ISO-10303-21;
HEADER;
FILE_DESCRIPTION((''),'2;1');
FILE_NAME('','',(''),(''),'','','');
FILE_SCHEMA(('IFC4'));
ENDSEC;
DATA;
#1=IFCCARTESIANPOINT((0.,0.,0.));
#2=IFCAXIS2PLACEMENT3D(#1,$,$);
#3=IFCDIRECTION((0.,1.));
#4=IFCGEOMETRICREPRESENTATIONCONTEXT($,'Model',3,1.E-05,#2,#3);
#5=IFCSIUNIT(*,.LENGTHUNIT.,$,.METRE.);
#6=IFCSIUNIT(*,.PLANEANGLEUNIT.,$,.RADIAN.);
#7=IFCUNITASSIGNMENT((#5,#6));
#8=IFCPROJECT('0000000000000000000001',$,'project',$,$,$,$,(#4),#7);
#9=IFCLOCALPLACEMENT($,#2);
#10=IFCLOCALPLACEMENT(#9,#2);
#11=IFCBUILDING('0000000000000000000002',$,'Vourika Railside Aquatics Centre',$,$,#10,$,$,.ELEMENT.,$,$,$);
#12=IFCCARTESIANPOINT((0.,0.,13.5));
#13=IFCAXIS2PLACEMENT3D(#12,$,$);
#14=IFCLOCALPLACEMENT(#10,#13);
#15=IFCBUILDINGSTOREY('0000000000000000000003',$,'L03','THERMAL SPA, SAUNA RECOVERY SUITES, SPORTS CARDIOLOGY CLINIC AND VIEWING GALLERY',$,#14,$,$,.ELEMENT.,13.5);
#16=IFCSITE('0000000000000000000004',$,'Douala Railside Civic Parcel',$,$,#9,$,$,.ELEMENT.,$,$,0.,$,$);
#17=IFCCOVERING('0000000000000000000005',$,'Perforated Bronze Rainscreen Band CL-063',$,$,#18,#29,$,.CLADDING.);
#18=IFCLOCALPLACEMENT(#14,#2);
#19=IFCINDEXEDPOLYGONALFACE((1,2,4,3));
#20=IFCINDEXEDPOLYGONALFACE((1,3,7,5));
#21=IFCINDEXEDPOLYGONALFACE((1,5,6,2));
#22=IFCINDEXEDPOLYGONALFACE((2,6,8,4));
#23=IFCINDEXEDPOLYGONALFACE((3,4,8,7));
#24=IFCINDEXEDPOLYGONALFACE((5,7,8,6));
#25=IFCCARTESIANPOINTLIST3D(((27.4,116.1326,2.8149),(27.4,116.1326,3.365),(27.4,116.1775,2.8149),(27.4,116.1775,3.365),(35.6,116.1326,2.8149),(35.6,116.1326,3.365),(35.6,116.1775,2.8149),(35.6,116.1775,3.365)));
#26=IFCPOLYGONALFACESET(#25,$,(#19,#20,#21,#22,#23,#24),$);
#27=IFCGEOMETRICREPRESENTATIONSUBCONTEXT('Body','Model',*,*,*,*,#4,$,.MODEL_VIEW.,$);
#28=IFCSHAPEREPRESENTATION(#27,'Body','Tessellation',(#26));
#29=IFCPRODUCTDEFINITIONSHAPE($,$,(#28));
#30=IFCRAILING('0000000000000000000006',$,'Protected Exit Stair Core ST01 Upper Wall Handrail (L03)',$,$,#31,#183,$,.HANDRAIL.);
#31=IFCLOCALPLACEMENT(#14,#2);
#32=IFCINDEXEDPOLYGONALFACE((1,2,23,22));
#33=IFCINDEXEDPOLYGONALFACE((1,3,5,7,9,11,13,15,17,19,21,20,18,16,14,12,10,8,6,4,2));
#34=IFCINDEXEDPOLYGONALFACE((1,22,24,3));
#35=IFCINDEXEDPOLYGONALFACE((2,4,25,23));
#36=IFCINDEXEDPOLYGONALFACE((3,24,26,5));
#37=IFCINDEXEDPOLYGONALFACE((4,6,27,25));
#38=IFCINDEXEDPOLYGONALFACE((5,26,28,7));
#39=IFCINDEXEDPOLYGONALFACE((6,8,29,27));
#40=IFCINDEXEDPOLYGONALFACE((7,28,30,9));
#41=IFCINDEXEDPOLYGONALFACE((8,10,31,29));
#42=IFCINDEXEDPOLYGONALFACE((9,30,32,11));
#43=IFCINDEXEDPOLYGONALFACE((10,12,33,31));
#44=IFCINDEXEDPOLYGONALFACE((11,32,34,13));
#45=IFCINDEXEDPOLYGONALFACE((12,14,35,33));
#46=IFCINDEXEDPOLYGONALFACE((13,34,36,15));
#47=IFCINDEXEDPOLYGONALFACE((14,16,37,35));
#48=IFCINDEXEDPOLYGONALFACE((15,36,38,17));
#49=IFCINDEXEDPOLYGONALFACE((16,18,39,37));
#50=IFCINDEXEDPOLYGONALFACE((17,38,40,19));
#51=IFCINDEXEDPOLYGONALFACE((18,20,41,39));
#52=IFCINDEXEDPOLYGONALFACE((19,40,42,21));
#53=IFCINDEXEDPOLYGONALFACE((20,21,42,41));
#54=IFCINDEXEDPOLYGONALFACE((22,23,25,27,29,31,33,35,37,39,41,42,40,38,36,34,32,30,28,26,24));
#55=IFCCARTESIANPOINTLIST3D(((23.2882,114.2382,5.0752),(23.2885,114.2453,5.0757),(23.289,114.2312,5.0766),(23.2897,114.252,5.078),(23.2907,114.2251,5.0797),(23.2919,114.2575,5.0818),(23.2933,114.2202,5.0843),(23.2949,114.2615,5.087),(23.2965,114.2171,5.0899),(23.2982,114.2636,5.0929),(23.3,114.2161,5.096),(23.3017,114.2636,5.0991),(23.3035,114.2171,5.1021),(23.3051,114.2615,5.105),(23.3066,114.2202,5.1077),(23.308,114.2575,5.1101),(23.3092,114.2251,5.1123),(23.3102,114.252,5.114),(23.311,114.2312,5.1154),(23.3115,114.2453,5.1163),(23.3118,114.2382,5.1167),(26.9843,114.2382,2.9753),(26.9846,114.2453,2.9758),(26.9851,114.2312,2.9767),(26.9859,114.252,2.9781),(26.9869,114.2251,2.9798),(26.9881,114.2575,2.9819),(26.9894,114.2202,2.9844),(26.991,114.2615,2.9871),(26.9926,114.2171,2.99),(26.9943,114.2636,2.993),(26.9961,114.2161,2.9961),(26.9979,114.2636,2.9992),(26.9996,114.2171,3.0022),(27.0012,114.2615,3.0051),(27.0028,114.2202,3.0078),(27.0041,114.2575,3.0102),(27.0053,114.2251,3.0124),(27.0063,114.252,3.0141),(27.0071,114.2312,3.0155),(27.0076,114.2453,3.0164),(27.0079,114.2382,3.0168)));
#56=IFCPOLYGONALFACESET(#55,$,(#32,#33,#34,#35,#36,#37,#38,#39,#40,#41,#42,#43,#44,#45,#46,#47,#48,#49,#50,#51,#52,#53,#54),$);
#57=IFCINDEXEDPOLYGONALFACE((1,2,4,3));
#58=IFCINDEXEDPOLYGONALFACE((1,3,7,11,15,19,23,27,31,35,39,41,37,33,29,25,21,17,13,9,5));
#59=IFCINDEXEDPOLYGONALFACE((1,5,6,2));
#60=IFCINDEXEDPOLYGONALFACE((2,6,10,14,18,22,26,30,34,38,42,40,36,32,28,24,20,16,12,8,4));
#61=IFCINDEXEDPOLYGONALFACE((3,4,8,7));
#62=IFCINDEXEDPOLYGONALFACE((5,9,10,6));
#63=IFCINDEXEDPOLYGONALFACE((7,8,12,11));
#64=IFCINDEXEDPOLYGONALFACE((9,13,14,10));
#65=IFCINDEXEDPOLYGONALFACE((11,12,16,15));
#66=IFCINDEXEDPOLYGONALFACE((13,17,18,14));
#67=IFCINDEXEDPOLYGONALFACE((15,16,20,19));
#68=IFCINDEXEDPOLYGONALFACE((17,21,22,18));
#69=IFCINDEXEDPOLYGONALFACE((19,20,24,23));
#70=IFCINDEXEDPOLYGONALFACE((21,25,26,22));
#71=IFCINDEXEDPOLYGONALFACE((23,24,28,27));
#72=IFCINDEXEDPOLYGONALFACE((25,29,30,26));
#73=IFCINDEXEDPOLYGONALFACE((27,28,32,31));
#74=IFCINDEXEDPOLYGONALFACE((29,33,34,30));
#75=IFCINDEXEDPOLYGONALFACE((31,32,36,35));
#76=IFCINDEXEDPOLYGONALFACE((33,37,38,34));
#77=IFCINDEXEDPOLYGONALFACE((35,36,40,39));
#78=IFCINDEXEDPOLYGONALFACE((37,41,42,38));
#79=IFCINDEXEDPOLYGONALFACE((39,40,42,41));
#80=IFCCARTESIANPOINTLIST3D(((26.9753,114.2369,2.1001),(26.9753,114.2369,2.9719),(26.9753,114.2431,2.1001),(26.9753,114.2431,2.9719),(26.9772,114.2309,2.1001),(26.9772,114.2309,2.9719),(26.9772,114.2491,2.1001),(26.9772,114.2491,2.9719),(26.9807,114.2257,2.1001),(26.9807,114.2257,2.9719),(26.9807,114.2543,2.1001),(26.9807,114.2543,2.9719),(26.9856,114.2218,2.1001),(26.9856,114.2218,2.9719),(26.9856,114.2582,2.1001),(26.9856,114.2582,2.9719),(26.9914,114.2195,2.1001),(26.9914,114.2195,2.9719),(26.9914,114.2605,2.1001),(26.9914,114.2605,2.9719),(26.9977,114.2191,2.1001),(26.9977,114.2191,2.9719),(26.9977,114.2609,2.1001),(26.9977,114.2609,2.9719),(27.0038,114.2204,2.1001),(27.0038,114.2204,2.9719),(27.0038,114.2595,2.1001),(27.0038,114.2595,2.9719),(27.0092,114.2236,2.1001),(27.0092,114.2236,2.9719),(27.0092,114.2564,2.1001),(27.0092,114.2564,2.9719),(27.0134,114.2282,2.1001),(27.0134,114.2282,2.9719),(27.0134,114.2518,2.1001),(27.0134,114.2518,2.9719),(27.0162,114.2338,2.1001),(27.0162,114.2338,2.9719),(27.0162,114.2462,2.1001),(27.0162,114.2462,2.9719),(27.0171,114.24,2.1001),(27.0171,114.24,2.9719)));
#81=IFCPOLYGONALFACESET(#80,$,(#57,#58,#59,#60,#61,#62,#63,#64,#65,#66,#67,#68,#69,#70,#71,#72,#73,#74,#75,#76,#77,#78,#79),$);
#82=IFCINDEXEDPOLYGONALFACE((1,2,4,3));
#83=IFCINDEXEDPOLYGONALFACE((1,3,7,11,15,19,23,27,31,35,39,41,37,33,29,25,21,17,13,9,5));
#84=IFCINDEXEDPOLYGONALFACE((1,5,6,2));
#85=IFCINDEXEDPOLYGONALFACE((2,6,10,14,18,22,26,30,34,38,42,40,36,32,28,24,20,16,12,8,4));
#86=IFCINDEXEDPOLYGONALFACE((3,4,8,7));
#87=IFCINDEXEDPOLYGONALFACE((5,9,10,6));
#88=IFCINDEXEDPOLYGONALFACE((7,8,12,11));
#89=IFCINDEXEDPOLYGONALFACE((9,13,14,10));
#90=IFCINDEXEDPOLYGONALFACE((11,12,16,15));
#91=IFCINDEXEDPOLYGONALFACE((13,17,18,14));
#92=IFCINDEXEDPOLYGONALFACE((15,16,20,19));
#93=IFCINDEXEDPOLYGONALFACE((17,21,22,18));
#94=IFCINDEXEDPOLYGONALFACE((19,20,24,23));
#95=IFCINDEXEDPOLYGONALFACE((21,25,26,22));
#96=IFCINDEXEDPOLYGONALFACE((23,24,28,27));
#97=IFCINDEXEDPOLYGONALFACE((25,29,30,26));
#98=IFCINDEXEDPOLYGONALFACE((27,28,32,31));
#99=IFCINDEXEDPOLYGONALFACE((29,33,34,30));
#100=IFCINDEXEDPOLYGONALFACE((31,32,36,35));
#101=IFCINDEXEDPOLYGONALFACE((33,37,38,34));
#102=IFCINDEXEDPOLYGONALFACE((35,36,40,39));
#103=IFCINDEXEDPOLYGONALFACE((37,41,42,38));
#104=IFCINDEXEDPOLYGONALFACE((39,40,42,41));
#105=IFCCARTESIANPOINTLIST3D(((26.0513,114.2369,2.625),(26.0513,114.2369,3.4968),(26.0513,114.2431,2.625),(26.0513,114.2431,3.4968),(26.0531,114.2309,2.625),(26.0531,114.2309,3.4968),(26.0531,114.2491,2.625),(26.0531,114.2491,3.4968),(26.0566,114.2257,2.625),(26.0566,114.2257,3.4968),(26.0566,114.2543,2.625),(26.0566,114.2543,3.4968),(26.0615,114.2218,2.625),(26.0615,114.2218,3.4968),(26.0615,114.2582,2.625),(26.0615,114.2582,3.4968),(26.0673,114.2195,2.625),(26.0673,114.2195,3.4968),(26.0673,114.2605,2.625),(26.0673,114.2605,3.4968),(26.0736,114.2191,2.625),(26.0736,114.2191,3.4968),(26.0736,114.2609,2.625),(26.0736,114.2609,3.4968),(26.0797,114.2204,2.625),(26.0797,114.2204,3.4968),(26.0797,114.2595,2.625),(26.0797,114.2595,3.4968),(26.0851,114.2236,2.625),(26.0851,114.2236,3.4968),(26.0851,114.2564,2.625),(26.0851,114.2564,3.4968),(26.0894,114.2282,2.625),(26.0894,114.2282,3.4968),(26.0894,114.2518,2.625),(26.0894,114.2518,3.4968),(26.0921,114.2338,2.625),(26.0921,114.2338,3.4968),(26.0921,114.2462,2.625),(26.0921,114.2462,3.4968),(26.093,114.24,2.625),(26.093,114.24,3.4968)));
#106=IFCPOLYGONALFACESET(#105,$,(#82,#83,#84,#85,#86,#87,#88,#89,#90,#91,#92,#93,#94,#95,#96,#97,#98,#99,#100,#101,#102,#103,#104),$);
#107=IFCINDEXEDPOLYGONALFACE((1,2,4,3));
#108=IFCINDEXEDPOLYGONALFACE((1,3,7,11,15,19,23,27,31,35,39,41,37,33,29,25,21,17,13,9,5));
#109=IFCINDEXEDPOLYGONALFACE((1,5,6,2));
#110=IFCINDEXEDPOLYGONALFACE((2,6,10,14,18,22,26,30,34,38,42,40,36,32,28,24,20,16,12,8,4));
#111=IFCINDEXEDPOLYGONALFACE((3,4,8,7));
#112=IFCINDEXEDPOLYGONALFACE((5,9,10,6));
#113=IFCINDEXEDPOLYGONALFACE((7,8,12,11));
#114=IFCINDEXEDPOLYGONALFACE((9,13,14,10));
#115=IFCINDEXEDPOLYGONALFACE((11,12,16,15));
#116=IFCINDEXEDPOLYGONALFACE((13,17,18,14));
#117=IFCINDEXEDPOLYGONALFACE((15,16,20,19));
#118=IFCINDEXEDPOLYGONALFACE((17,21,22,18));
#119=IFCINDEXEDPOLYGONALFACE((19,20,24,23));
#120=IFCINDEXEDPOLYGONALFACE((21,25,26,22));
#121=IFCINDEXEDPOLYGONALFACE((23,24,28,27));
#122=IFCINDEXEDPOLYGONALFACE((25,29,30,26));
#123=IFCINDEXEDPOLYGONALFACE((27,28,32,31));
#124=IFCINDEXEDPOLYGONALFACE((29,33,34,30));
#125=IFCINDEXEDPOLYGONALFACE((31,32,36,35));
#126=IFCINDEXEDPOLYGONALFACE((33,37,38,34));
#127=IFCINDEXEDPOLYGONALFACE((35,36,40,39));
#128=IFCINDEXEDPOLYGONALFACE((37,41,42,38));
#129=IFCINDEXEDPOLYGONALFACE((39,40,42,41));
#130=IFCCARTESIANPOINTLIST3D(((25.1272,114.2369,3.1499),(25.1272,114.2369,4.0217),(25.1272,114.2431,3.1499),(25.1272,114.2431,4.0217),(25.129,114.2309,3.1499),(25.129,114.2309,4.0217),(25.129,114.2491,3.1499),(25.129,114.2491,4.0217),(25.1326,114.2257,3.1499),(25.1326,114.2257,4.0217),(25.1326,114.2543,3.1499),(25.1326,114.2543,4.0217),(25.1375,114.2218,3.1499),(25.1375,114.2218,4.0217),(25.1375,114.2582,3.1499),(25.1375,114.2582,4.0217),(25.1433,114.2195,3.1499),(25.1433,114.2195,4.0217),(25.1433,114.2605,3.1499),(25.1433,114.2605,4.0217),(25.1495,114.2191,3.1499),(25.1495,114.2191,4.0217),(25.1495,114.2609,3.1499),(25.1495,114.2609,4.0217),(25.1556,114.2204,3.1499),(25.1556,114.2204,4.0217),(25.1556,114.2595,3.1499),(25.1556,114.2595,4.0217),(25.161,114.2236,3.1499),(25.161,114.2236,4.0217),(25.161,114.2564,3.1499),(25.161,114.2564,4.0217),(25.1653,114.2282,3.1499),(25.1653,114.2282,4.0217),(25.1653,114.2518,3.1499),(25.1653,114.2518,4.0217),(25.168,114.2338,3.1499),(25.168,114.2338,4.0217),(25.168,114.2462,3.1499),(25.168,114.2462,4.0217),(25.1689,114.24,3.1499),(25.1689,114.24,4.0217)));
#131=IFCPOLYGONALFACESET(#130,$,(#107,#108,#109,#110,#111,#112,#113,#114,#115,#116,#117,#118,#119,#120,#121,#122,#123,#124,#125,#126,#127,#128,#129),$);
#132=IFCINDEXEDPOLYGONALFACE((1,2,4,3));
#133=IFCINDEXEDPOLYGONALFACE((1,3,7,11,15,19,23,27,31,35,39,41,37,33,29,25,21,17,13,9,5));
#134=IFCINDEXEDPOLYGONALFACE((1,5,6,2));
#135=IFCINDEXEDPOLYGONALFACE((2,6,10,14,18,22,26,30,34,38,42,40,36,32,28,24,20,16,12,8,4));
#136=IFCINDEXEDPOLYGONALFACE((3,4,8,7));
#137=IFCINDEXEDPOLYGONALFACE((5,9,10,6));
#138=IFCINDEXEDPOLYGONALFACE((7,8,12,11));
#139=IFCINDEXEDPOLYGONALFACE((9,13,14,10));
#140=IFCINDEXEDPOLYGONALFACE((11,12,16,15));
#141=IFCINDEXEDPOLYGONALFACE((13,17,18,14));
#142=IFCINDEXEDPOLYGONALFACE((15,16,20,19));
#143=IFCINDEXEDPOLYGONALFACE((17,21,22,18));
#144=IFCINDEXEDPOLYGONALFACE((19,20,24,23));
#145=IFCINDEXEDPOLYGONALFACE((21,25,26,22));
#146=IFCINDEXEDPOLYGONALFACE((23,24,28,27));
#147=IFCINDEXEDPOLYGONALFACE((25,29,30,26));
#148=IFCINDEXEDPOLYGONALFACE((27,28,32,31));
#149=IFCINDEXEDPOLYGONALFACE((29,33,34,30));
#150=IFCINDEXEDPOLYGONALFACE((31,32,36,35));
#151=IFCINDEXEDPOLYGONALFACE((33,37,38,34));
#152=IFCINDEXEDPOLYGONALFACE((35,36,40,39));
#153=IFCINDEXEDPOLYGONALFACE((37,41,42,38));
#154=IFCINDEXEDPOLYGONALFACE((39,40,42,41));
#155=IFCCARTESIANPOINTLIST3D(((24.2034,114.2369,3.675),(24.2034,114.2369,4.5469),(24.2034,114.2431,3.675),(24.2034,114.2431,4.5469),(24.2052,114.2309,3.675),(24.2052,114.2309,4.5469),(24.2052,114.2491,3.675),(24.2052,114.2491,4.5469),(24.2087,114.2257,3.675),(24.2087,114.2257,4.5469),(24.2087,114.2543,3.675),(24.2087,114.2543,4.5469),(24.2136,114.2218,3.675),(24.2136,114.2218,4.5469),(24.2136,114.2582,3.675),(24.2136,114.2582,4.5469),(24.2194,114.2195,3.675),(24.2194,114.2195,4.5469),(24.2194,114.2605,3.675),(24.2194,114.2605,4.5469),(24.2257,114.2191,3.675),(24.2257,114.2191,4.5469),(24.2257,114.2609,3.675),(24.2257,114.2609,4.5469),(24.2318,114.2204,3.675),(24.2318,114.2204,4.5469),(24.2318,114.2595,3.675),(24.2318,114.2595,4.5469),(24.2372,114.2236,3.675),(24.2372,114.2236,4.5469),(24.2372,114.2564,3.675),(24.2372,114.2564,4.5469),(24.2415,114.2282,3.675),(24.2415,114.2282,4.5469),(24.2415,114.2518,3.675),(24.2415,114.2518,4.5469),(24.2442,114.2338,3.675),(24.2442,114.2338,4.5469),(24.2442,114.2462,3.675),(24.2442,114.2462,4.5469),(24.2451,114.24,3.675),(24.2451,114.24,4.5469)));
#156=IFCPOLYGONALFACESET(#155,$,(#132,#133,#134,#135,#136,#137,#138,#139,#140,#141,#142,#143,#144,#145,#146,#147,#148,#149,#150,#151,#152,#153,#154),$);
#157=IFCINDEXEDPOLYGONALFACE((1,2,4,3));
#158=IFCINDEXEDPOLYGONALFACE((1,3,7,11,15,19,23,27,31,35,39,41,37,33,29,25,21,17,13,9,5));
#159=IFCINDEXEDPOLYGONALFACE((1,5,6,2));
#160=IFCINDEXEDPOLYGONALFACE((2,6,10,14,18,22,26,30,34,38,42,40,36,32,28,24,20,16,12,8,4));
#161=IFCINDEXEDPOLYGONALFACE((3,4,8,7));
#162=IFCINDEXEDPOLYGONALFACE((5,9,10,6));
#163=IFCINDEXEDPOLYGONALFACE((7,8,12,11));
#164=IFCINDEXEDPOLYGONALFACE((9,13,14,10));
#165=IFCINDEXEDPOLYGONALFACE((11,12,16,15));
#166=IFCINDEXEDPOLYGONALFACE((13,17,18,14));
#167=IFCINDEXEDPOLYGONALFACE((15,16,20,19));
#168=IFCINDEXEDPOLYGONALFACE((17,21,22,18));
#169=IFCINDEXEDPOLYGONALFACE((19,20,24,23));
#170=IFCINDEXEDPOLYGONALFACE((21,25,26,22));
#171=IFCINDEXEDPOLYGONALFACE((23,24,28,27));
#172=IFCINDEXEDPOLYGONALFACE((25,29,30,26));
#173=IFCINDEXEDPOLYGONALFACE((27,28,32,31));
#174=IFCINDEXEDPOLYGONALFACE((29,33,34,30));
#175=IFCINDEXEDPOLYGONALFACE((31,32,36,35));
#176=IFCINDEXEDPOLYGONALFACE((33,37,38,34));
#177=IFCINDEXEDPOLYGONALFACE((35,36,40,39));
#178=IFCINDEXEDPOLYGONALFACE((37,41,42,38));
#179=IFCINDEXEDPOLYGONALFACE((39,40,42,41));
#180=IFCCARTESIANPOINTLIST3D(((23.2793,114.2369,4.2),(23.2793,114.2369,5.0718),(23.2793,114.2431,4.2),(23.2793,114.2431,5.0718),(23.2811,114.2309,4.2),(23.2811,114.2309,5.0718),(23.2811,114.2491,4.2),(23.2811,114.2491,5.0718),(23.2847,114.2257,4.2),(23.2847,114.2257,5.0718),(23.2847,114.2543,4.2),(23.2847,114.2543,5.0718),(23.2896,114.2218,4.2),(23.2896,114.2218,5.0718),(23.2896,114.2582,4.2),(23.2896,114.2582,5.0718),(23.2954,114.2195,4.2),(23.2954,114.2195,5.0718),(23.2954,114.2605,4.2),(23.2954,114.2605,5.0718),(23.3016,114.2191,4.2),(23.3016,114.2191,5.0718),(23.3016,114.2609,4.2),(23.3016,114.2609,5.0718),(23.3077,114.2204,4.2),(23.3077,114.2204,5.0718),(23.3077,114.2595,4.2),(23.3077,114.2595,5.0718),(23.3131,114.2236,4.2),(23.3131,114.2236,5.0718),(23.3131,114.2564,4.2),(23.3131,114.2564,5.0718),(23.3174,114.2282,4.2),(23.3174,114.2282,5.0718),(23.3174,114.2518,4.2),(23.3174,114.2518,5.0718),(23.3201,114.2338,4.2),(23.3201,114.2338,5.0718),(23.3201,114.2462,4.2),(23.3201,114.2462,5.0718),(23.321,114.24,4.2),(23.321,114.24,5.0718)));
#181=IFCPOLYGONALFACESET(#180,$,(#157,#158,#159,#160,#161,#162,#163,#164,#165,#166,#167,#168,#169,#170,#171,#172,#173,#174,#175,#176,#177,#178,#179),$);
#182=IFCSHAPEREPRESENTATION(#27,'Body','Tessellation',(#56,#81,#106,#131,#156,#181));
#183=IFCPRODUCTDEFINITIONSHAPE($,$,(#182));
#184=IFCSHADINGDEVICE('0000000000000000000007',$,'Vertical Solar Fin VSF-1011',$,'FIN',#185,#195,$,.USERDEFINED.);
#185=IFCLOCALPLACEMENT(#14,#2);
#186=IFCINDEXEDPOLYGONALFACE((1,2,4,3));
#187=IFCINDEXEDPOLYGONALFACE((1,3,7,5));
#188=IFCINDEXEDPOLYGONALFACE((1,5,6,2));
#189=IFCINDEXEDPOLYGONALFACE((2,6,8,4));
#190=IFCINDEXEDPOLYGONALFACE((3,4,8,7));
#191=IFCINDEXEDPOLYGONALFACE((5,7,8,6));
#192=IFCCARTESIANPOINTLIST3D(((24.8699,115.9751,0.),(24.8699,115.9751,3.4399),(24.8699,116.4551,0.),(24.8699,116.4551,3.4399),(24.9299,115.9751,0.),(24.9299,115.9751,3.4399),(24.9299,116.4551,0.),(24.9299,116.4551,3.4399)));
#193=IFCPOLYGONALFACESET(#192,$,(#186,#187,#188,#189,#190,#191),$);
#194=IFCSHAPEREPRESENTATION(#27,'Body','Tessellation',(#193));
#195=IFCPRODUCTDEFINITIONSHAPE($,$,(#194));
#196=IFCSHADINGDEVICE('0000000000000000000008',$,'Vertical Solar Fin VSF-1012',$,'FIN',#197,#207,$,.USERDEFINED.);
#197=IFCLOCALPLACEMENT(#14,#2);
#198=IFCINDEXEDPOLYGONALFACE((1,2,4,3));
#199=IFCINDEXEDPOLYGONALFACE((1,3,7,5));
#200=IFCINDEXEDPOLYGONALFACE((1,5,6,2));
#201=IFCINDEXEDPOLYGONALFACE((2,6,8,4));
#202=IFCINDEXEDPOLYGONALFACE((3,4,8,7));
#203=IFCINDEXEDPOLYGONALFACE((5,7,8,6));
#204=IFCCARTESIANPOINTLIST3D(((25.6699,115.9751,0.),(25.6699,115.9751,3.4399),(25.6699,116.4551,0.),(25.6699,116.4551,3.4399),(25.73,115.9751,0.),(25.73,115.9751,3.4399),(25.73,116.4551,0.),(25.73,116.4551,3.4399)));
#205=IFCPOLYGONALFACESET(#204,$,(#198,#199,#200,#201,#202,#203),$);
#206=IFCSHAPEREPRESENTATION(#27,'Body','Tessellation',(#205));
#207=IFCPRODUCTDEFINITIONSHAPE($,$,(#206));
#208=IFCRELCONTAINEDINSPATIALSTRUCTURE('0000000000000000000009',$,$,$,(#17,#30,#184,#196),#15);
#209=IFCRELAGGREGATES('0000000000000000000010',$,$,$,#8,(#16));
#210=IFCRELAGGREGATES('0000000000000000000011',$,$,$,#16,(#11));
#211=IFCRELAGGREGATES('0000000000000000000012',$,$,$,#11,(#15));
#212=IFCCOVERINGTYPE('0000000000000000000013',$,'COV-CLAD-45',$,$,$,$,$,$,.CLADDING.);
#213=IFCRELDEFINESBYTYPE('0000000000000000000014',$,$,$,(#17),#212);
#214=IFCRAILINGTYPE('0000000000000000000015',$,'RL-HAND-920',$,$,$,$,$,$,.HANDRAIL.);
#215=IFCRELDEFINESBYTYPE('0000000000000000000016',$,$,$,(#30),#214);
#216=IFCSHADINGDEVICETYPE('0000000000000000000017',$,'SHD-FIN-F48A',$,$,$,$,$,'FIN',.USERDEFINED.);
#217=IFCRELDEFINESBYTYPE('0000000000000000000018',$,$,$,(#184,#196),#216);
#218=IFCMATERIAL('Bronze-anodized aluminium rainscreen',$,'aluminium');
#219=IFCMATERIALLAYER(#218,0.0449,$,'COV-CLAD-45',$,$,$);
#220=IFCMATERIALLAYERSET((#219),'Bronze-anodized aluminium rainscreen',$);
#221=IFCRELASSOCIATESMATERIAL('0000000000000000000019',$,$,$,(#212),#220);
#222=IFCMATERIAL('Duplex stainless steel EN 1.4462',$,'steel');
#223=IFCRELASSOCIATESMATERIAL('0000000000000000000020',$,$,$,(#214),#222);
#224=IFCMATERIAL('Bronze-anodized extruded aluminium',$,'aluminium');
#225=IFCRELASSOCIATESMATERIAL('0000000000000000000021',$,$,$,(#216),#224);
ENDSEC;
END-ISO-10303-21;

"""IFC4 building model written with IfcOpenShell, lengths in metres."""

from ifc_helpers import new_model, si_unit, direction, frame, origin, origin_2d, place, context, subcontext, project, spatial, rectangle, circle, extrude, material, layer, layer_set, material_profile, profile_set, type_object, element, save


model = new_model("IFC4")

# Units and contexts
model_context = context("Model", 3, precision=1e-05, world=origin(), true_north=direction((0.0, 1.0)))
body_context = subcontext(model_context, "Body", "Model", "MODEL_VIEW")
ifc_project = project(units=[si_unit("LENGTHUNIT", "METRE"), si_unit("PLANEANGLEUNIT", "RADIAN")], contexts=[model_context])

# Site, building, storey
site_placement = place(None, origin())
site = spatial("IfcSite", under=ifc_project, at=site_placement, Name="Douala Railside Civic Parcel", CompositionType="ELEMENT", RefElevation=0.0)
building_placement = place(site_placement, origin())
building = spatial("IfcBuilding", under=site, at=building_placement, Name="Vourika Railside Aquatics Centre", CompositionType="ELEMENT")
storey_placement = place(building_placement, frame((0.0, 0.0, 13.5)))
storey = spatial("IfcBuildingStorey", under=building, at=storey_placement, Name="L03", Description="THERMAL SPA, SAUNA RECOVERY SUITES, SPORTS CARDIOLOGY CLINIC AND VIEWING GALLERY", CompositionType="ELEMENT", Elevation=13.5)

# Covering
ifc_material_1 = material(Name="Bronze-anodized aluminium rainscreen", Category="aluminium")
ifc_layer_1 = layer(ifc_material_1, 0.0449, Name="COV-CLAD-45")
ifc_layer_set_1 = layer_set([ifc_layer_1], Name="Bronze-anodized aluminium rainscreen")
covering_type = type_object("IfcCoveringType", Name="COV-CLAD-45", PredefinedType="CLADDING", material=ifc_layer_set_1)
covering_placement = place(storey_placement, frame((31.5, 116.155, 2.8149), z_axis=(0.0, 0.0, 1.0), x_axis=(-1.0, 0.0, 0.0)))
element("IfcCovering", 1, at=covering_placement, inside=storey, type_object=covering_type, Name="Perforated Bronze Rainscreen Band CL-063", PredefinedType="CLADDING", context=body_context, shape_type="SweptSolid", body=[
    extrude(rectangle(XDim=8.2, YDim=0.0449, at=origin_2d()), origin(), (0.0, 0.0, 1.0), 0.55),
])

# Railing
ifc_material_2 = material(Name="Duplex stainless steel EN 1.4462", Category="steel")
railing_type = type_object("IfcRailingType", Name="RL-HAND-920", PredefinedType="HANDRAIL", material=ifc_material_2)
railing_placement = place(storey_placement, frame((26.9961, 114.24, 2.1001)))
element("IfcRailing", 2, at=railing_placement, inside=storey, type_object=railing_type, Name="Protected Exit Stair Core ST01 Upper Wall Handrail (L03)", PredefinedType="HANDRAIL", context=body_context, shape_type="SweptSolid", body=[
    extrude(circle(Radius=0.0239, at=origin_2d()), frame((0.0, 0.0, 0.896), z_axis=(-0.869474, 0.0, 0.493979), x_axis=(0.0, -1.0, 0.0)), (0.0, 0.0, 1.0), 4.251),
    extrude(circle(Radius=0.021, at=origin_2d()), origin(), (0.0, 0.0, 1.0), 0.8718),
    extrude(circle(Radius=0.021, at=origin_2d()), frame((-0.9241, 0.0, 0.5249)), (0.0, 0.0, 1.0), 0.8718),
    extrude(circle(Radius=0.021, at=origin_2d()), frame((-1.8481, 0.0, 1.0498)), (0.0, 0.0, 1.0), 0.8718),
    extrude(circle(Radius=0.021, at=origin_2d()), frame((-2.772, 0.0, 1.575)), (0.0, 0.0, 1.0), 0.8718),
    extrude(circle(Radius=0.021, at=origin_2d()), frame((-3.696, 0.0, 2.0999)), (0.0, 0.0, 1.0), 0.8718),
])

# Shading devices
ifc_material_3 = material(Name="Bronze-anodized extruded aluminium", Category="aluminium")
ifc_material_profile_1 = material_profile(ifc_material_3, rectangle(XDim=0.0601, YDim=0.48, at=origin_2d()), Name="ALU-FIN 60x480")
ifc_profile_set_1 = profile_set([ifc_material_profile_1], Name="Bronze-anodized extruded aluminium")
shading_device_type = type_object("IfcShadingDeviceType", Name="SHD-FIN-F48A", ElementType="FIN", PredefinedType="USERDEFINED", material=ifc_profile_set_1)
for number, where, z_axis, x_axis, name in (
    (3, (24.8999, 116.2151, 0.0), (0.0, 0.0, 1.0), (1.0, 0.0, 0.0), "Vertical Solar Fin VSF-1011"),
    (4, (25.7, 116.2151, 0.0), (0.0, 0.0, 1.0), (1.0, 0.0, 0.0), "Vertical Solar Fin VSF-1012"),
):
    element("IfcShadingDevice", number, at=place(storey_placement, frame(where, z_axis=z_axis, x_axis=x_axis)), inside=storey, type_object=shading_device_type, Name=name, ObjectType="FIN", PredefinedType="USERDEFINED", context=body_context, shape_type="SweptSolid", body=[
        extrude(rectangle(XDim=0.0601, YDim=0.48, at=origin_2d()), origin(), (0.0, 0.0, 1.0), 3.4399),
    ])

save(model, "model.ifc")
